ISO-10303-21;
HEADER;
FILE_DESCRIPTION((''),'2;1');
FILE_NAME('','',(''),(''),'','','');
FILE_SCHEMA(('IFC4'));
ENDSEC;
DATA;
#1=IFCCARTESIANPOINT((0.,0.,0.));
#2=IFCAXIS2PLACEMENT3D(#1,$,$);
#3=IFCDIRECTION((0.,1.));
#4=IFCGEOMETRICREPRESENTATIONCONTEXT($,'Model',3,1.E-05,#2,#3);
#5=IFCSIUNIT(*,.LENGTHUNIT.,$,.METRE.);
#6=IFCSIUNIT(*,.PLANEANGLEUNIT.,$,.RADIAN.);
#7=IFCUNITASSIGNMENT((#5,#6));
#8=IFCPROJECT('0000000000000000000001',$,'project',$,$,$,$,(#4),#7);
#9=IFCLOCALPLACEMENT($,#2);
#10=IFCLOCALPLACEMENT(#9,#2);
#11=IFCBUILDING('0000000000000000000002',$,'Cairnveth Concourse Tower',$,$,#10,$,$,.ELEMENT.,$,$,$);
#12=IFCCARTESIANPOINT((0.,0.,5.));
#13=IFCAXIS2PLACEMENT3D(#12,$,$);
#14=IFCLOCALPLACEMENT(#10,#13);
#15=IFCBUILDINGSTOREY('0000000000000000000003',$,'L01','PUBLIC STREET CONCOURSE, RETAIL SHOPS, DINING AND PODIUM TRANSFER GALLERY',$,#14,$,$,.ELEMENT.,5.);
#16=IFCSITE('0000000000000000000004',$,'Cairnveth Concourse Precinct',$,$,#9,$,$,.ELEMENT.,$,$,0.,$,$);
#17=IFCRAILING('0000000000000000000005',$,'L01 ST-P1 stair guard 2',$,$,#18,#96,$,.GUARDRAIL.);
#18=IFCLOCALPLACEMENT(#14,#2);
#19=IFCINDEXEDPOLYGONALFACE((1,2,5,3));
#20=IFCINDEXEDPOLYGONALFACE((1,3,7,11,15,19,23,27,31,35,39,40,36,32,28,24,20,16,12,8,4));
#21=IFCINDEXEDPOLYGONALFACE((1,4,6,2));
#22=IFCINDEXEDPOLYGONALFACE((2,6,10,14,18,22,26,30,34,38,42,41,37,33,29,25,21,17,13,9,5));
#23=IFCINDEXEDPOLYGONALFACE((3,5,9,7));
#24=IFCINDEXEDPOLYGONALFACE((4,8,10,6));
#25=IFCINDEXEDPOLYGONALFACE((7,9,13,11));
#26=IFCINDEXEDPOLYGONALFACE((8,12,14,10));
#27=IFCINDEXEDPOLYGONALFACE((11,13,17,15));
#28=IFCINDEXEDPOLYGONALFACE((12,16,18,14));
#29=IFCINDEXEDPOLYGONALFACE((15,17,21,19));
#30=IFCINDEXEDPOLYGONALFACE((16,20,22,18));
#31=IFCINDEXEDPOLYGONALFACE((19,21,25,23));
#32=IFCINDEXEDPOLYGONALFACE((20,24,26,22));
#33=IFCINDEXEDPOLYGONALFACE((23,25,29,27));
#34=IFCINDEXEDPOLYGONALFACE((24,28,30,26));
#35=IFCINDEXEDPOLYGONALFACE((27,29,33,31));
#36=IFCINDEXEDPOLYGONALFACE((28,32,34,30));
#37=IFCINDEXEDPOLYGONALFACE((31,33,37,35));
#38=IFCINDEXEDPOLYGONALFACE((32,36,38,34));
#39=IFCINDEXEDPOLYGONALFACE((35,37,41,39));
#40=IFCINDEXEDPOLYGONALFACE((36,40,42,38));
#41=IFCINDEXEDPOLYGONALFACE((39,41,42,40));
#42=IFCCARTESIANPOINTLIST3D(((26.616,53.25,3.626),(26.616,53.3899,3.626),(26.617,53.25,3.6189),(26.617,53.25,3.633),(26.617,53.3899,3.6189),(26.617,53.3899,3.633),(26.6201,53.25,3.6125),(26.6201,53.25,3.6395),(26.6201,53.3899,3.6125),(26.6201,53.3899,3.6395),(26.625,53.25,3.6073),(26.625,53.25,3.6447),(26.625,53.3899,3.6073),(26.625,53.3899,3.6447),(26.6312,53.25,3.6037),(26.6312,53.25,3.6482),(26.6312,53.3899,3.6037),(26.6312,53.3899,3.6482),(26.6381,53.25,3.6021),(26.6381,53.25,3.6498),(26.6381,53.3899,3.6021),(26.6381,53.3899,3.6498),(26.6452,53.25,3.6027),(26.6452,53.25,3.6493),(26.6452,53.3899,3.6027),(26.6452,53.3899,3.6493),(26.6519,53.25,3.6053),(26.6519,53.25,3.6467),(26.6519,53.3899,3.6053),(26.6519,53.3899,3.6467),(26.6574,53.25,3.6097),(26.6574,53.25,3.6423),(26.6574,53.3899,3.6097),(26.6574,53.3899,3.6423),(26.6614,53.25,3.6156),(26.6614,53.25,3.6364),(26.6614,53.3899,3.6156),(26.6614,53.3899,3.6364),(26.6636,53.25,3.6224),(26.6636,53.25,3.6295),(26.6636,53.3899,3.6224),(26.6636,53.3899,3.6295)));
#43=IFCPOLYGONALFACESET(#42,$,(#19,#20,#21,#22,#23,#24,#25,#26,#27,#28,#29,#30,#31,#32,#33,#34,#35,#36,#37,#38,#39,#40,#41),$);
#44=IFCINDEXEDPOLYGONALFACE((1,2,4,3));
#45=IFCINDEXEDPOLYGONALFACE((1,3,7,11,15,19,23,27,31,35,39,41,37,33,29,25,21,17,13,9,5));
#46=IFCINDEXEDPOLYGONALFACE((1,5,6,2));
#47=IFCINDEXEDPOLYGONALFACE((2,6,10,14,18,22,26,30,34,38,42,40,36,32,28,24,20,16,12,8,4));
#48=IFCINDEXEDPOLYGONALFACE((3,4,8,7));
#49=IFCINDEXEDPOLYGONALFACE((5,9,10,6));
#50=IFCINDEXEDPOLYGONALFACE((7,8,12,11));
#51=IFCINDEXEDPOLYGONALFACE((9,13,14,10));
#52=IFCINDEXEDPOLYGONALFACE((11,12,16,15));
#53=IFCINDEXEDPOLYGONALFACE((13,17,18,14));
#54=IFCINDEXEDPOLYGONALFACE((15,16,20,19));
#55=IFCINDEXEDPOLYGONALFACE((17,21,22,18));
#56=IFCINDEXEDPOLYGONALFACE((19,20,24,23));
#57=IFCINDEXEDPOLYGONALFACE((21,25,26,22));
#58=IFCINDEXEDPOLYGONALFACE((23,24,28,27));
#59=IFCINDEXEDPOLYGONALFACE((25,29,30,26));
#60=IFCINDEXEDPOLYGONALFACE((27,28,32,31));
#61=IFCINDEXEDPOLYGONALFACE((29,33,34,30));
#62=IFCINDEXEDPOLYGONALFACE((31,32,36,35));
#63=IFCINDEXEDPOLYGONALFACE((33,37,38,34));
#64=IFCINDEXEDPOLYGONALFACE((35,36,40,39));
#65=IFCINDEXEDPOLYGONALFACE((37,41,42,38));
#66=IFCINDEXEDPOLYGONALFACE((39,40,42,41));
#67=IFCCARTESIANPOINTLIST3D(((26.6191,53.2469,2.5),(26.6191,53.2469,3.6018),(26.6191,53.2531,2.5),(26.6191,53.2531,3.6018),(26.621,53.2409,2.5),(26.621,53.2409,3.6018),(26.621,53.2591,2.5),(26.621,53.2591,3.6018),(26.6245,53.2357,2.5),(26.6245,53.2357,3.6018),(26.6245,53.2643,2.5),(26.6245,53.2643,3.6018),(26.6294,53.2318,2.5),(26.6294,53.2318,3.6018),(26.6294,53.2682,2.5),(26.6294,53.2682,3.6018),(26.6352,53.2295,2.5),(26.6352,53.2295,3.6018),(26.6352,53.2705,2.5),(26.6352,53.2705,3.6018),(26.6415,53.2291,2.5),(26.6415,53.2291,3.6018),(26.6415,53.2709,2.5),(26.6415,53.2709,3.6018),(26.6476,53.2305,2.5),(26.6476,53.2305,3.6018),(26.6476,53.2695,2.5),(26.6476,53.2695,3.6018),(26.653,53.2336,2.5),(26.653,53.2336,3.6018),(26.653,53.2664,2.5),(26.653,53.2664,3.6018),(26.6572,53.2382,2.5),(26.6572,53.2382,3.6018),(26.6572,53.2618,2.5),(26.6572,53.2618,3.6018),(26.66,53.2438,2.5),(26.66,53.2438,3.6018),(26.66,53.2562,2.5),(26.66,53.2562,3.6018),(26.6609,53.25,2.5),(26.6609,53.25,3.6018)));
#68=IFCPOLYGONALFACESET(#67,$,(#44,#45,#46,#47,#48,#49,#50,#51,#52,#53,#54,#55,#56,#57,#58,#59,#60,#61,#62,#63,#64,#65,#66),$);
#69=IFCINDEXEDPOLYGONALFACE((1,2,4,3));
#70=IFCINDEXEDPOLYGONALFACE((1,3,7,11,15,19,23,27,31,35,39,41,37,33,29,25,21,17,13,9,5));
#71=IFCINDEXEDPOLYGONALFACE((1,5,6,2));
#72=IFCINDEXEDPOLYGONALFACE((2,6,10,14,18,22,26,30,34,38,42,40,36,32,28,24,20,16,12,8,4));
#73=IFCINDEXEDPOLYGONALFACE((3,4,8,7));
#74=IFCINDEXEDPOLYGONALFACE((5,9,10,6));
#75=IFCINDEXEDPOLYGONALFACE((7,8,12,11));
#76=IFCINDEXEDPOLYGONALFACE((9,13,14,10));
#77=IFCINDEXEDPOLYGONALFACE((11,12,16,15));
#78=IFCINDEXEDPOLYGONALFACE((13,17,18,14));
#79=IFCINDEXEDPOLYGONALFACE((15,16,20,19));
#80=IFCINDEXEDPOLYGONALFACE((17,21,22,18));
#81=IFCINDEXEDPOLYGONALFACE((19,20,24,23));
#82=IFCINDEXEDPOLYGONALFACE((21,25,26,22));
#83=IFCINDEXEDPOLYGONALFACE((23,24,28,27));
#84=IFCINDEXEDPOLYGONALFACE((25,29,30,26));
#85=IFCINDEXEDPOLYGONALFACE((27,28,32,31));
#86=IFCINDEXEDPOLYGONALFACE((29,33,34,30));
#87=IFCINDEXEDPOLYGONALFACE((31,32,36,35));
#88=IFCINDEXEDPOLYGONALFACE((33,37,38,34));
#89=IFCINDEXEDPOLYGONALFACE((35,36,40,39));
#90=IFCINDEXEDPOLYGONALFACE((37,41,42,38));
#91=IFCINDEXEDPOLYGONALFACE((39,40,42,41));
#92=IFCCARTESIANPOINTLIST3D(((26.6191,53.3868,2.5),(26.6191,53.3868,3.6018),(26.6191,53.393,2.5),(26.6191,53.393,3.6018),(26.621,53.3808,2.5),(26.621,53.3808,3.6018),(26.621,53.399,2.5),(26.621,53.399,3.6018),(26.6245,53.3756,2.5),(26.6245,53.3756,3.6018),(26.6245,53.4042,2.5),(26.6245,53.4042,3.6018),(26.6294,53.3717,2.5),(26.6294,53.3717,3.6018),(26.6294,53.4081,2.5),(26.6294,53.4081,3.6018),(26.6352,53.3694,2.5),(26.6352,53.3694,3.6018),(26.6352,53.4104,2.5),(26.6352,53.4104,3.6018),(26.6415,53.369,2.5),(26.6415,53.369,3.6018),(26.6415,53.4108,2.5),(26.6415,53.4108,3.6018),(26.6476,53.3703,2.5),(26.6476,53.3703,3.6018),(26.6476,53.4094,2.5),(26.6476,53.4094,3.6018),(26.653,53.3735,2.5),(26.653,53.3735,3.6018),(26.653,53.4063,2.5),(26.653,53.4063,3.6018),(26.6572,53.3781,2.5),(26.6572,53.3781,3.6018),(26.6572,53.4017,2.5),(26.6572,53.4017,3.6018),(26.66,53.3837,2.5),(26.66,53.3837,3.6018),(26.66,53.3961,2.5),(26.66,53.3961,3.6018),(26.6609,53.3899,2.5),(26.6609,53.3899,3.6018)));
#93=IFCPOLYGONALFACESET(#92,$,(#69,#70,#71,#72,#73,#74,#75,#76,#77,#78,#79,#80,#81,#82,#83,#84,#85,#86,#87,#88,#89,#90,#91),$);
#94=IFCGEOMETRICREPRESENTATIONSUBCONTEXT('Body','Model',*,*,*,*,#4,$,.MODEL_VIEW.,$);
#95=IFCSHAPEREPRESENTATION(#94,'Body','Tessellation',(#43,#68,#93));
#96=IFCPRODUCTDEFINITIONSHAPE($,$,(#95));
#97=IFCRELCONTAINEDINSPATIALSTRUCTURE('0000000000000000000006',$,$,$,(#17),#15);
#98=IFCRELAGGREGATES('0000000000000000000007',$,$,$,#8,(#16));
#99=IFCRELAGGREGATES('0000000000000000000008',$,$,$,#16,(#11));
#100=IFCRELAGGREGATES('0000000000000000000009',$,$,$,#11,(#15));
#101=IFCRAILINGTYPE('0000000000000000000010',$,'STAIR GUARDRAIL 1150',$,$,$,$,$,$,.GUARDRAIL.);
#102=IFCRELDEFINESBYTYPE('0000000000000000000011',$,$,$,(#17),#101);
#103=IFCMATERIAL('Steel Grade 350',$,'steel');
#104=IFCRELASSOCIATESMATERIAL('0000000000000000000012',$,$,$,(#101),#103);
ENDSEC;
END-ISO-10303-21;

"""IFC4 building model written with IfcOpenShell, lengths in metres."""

from ifc_helpers import new_model, si_unit, direction, frame, origin, origin_2d, place, context, subcontext, project, spatial, circle, extrude, material, type_object, element, save


model = new_model("IFC4")

# Units and contexts
model_context = context("Model", 3, precision=1e-05, world=origin(), true_north=direction((0.0, 1.0)))
body_context = subcontext(model_context, "Body", "Model", "MODEL_VIEW")
ifc_project = project(units=[si_unit("LENGTHUNIT", "METRE"), si_unit("PLANEANGLEUNIT", "RADIAN")], contexts=[model_context])

# Site, building, storey
site_placement = place(None, origin())
site = spatial("IfcSite", under=ifc_project, at=site_placement, Name="Cairnveth Concourse Precinct", CompositionType="ELEMENT", RefElevation=0.0)
building_placement = place(site_placement, origin())
building = spatial("IfcBuilding", under=site, at=building_placement, Name="Cairnveth Concourse Tower", CompositionType="ELEMENT")
storey_placement = place(building_placement, frame((0.0, 0.0, 5.0)))
storey = spatial("IfcBuildingStorey", under=building, at=storey_placement, Name="L01", Description="PUBLIC STREET CONCOURSE, RETAIL SHOPS, DINING AND PODIUM TRANSFER GALLERY", CompositionType="ELEMENT", Elevation=5.0)

# Shared definitions
ifc_material_1 = material(Name="Steel Grade 350", Category="steel")

# Railing
railing_type_1 = type_object("IfcRailingType", Name="STAIR GUARDRAIL 1150", PredefinedType="GUARDRAIL", material=ifc_material_1)
railing_1_placement = place(storey_placement, frame((26.6399, 53.25, 2.5)))
element("IfcRailing", 1, at=railing_1_placement, inside=storey, type_object=railing_type_1, Name="L01 ST-P1 stair guard 2", PredefinedType="GUARDRAIL", context=body_context, shape_type="SweptSolid", body=[
    extrude(circle(Radius=0.0239, at=origin_2d()), frame((0.0, 0.0, 1.126), z_axis=(0.0, 1.0, 0.0), x_axis=(-1.0, 0.0, 0.0)), (0.0, 0.0, 1.0), 0.1399),
    extrude(circle(Radius=0.021, at=origin_2d()), origin(), (0.0, 0.0, 1.0), 1.1018),
    extrude(circle(Radius=0.021, at=origin_2d()), frame((0.0, 0.1399, 0.0)), (0.0, 0.0, 1.0), 1.1018),
])

save(model, "model.ifc")
